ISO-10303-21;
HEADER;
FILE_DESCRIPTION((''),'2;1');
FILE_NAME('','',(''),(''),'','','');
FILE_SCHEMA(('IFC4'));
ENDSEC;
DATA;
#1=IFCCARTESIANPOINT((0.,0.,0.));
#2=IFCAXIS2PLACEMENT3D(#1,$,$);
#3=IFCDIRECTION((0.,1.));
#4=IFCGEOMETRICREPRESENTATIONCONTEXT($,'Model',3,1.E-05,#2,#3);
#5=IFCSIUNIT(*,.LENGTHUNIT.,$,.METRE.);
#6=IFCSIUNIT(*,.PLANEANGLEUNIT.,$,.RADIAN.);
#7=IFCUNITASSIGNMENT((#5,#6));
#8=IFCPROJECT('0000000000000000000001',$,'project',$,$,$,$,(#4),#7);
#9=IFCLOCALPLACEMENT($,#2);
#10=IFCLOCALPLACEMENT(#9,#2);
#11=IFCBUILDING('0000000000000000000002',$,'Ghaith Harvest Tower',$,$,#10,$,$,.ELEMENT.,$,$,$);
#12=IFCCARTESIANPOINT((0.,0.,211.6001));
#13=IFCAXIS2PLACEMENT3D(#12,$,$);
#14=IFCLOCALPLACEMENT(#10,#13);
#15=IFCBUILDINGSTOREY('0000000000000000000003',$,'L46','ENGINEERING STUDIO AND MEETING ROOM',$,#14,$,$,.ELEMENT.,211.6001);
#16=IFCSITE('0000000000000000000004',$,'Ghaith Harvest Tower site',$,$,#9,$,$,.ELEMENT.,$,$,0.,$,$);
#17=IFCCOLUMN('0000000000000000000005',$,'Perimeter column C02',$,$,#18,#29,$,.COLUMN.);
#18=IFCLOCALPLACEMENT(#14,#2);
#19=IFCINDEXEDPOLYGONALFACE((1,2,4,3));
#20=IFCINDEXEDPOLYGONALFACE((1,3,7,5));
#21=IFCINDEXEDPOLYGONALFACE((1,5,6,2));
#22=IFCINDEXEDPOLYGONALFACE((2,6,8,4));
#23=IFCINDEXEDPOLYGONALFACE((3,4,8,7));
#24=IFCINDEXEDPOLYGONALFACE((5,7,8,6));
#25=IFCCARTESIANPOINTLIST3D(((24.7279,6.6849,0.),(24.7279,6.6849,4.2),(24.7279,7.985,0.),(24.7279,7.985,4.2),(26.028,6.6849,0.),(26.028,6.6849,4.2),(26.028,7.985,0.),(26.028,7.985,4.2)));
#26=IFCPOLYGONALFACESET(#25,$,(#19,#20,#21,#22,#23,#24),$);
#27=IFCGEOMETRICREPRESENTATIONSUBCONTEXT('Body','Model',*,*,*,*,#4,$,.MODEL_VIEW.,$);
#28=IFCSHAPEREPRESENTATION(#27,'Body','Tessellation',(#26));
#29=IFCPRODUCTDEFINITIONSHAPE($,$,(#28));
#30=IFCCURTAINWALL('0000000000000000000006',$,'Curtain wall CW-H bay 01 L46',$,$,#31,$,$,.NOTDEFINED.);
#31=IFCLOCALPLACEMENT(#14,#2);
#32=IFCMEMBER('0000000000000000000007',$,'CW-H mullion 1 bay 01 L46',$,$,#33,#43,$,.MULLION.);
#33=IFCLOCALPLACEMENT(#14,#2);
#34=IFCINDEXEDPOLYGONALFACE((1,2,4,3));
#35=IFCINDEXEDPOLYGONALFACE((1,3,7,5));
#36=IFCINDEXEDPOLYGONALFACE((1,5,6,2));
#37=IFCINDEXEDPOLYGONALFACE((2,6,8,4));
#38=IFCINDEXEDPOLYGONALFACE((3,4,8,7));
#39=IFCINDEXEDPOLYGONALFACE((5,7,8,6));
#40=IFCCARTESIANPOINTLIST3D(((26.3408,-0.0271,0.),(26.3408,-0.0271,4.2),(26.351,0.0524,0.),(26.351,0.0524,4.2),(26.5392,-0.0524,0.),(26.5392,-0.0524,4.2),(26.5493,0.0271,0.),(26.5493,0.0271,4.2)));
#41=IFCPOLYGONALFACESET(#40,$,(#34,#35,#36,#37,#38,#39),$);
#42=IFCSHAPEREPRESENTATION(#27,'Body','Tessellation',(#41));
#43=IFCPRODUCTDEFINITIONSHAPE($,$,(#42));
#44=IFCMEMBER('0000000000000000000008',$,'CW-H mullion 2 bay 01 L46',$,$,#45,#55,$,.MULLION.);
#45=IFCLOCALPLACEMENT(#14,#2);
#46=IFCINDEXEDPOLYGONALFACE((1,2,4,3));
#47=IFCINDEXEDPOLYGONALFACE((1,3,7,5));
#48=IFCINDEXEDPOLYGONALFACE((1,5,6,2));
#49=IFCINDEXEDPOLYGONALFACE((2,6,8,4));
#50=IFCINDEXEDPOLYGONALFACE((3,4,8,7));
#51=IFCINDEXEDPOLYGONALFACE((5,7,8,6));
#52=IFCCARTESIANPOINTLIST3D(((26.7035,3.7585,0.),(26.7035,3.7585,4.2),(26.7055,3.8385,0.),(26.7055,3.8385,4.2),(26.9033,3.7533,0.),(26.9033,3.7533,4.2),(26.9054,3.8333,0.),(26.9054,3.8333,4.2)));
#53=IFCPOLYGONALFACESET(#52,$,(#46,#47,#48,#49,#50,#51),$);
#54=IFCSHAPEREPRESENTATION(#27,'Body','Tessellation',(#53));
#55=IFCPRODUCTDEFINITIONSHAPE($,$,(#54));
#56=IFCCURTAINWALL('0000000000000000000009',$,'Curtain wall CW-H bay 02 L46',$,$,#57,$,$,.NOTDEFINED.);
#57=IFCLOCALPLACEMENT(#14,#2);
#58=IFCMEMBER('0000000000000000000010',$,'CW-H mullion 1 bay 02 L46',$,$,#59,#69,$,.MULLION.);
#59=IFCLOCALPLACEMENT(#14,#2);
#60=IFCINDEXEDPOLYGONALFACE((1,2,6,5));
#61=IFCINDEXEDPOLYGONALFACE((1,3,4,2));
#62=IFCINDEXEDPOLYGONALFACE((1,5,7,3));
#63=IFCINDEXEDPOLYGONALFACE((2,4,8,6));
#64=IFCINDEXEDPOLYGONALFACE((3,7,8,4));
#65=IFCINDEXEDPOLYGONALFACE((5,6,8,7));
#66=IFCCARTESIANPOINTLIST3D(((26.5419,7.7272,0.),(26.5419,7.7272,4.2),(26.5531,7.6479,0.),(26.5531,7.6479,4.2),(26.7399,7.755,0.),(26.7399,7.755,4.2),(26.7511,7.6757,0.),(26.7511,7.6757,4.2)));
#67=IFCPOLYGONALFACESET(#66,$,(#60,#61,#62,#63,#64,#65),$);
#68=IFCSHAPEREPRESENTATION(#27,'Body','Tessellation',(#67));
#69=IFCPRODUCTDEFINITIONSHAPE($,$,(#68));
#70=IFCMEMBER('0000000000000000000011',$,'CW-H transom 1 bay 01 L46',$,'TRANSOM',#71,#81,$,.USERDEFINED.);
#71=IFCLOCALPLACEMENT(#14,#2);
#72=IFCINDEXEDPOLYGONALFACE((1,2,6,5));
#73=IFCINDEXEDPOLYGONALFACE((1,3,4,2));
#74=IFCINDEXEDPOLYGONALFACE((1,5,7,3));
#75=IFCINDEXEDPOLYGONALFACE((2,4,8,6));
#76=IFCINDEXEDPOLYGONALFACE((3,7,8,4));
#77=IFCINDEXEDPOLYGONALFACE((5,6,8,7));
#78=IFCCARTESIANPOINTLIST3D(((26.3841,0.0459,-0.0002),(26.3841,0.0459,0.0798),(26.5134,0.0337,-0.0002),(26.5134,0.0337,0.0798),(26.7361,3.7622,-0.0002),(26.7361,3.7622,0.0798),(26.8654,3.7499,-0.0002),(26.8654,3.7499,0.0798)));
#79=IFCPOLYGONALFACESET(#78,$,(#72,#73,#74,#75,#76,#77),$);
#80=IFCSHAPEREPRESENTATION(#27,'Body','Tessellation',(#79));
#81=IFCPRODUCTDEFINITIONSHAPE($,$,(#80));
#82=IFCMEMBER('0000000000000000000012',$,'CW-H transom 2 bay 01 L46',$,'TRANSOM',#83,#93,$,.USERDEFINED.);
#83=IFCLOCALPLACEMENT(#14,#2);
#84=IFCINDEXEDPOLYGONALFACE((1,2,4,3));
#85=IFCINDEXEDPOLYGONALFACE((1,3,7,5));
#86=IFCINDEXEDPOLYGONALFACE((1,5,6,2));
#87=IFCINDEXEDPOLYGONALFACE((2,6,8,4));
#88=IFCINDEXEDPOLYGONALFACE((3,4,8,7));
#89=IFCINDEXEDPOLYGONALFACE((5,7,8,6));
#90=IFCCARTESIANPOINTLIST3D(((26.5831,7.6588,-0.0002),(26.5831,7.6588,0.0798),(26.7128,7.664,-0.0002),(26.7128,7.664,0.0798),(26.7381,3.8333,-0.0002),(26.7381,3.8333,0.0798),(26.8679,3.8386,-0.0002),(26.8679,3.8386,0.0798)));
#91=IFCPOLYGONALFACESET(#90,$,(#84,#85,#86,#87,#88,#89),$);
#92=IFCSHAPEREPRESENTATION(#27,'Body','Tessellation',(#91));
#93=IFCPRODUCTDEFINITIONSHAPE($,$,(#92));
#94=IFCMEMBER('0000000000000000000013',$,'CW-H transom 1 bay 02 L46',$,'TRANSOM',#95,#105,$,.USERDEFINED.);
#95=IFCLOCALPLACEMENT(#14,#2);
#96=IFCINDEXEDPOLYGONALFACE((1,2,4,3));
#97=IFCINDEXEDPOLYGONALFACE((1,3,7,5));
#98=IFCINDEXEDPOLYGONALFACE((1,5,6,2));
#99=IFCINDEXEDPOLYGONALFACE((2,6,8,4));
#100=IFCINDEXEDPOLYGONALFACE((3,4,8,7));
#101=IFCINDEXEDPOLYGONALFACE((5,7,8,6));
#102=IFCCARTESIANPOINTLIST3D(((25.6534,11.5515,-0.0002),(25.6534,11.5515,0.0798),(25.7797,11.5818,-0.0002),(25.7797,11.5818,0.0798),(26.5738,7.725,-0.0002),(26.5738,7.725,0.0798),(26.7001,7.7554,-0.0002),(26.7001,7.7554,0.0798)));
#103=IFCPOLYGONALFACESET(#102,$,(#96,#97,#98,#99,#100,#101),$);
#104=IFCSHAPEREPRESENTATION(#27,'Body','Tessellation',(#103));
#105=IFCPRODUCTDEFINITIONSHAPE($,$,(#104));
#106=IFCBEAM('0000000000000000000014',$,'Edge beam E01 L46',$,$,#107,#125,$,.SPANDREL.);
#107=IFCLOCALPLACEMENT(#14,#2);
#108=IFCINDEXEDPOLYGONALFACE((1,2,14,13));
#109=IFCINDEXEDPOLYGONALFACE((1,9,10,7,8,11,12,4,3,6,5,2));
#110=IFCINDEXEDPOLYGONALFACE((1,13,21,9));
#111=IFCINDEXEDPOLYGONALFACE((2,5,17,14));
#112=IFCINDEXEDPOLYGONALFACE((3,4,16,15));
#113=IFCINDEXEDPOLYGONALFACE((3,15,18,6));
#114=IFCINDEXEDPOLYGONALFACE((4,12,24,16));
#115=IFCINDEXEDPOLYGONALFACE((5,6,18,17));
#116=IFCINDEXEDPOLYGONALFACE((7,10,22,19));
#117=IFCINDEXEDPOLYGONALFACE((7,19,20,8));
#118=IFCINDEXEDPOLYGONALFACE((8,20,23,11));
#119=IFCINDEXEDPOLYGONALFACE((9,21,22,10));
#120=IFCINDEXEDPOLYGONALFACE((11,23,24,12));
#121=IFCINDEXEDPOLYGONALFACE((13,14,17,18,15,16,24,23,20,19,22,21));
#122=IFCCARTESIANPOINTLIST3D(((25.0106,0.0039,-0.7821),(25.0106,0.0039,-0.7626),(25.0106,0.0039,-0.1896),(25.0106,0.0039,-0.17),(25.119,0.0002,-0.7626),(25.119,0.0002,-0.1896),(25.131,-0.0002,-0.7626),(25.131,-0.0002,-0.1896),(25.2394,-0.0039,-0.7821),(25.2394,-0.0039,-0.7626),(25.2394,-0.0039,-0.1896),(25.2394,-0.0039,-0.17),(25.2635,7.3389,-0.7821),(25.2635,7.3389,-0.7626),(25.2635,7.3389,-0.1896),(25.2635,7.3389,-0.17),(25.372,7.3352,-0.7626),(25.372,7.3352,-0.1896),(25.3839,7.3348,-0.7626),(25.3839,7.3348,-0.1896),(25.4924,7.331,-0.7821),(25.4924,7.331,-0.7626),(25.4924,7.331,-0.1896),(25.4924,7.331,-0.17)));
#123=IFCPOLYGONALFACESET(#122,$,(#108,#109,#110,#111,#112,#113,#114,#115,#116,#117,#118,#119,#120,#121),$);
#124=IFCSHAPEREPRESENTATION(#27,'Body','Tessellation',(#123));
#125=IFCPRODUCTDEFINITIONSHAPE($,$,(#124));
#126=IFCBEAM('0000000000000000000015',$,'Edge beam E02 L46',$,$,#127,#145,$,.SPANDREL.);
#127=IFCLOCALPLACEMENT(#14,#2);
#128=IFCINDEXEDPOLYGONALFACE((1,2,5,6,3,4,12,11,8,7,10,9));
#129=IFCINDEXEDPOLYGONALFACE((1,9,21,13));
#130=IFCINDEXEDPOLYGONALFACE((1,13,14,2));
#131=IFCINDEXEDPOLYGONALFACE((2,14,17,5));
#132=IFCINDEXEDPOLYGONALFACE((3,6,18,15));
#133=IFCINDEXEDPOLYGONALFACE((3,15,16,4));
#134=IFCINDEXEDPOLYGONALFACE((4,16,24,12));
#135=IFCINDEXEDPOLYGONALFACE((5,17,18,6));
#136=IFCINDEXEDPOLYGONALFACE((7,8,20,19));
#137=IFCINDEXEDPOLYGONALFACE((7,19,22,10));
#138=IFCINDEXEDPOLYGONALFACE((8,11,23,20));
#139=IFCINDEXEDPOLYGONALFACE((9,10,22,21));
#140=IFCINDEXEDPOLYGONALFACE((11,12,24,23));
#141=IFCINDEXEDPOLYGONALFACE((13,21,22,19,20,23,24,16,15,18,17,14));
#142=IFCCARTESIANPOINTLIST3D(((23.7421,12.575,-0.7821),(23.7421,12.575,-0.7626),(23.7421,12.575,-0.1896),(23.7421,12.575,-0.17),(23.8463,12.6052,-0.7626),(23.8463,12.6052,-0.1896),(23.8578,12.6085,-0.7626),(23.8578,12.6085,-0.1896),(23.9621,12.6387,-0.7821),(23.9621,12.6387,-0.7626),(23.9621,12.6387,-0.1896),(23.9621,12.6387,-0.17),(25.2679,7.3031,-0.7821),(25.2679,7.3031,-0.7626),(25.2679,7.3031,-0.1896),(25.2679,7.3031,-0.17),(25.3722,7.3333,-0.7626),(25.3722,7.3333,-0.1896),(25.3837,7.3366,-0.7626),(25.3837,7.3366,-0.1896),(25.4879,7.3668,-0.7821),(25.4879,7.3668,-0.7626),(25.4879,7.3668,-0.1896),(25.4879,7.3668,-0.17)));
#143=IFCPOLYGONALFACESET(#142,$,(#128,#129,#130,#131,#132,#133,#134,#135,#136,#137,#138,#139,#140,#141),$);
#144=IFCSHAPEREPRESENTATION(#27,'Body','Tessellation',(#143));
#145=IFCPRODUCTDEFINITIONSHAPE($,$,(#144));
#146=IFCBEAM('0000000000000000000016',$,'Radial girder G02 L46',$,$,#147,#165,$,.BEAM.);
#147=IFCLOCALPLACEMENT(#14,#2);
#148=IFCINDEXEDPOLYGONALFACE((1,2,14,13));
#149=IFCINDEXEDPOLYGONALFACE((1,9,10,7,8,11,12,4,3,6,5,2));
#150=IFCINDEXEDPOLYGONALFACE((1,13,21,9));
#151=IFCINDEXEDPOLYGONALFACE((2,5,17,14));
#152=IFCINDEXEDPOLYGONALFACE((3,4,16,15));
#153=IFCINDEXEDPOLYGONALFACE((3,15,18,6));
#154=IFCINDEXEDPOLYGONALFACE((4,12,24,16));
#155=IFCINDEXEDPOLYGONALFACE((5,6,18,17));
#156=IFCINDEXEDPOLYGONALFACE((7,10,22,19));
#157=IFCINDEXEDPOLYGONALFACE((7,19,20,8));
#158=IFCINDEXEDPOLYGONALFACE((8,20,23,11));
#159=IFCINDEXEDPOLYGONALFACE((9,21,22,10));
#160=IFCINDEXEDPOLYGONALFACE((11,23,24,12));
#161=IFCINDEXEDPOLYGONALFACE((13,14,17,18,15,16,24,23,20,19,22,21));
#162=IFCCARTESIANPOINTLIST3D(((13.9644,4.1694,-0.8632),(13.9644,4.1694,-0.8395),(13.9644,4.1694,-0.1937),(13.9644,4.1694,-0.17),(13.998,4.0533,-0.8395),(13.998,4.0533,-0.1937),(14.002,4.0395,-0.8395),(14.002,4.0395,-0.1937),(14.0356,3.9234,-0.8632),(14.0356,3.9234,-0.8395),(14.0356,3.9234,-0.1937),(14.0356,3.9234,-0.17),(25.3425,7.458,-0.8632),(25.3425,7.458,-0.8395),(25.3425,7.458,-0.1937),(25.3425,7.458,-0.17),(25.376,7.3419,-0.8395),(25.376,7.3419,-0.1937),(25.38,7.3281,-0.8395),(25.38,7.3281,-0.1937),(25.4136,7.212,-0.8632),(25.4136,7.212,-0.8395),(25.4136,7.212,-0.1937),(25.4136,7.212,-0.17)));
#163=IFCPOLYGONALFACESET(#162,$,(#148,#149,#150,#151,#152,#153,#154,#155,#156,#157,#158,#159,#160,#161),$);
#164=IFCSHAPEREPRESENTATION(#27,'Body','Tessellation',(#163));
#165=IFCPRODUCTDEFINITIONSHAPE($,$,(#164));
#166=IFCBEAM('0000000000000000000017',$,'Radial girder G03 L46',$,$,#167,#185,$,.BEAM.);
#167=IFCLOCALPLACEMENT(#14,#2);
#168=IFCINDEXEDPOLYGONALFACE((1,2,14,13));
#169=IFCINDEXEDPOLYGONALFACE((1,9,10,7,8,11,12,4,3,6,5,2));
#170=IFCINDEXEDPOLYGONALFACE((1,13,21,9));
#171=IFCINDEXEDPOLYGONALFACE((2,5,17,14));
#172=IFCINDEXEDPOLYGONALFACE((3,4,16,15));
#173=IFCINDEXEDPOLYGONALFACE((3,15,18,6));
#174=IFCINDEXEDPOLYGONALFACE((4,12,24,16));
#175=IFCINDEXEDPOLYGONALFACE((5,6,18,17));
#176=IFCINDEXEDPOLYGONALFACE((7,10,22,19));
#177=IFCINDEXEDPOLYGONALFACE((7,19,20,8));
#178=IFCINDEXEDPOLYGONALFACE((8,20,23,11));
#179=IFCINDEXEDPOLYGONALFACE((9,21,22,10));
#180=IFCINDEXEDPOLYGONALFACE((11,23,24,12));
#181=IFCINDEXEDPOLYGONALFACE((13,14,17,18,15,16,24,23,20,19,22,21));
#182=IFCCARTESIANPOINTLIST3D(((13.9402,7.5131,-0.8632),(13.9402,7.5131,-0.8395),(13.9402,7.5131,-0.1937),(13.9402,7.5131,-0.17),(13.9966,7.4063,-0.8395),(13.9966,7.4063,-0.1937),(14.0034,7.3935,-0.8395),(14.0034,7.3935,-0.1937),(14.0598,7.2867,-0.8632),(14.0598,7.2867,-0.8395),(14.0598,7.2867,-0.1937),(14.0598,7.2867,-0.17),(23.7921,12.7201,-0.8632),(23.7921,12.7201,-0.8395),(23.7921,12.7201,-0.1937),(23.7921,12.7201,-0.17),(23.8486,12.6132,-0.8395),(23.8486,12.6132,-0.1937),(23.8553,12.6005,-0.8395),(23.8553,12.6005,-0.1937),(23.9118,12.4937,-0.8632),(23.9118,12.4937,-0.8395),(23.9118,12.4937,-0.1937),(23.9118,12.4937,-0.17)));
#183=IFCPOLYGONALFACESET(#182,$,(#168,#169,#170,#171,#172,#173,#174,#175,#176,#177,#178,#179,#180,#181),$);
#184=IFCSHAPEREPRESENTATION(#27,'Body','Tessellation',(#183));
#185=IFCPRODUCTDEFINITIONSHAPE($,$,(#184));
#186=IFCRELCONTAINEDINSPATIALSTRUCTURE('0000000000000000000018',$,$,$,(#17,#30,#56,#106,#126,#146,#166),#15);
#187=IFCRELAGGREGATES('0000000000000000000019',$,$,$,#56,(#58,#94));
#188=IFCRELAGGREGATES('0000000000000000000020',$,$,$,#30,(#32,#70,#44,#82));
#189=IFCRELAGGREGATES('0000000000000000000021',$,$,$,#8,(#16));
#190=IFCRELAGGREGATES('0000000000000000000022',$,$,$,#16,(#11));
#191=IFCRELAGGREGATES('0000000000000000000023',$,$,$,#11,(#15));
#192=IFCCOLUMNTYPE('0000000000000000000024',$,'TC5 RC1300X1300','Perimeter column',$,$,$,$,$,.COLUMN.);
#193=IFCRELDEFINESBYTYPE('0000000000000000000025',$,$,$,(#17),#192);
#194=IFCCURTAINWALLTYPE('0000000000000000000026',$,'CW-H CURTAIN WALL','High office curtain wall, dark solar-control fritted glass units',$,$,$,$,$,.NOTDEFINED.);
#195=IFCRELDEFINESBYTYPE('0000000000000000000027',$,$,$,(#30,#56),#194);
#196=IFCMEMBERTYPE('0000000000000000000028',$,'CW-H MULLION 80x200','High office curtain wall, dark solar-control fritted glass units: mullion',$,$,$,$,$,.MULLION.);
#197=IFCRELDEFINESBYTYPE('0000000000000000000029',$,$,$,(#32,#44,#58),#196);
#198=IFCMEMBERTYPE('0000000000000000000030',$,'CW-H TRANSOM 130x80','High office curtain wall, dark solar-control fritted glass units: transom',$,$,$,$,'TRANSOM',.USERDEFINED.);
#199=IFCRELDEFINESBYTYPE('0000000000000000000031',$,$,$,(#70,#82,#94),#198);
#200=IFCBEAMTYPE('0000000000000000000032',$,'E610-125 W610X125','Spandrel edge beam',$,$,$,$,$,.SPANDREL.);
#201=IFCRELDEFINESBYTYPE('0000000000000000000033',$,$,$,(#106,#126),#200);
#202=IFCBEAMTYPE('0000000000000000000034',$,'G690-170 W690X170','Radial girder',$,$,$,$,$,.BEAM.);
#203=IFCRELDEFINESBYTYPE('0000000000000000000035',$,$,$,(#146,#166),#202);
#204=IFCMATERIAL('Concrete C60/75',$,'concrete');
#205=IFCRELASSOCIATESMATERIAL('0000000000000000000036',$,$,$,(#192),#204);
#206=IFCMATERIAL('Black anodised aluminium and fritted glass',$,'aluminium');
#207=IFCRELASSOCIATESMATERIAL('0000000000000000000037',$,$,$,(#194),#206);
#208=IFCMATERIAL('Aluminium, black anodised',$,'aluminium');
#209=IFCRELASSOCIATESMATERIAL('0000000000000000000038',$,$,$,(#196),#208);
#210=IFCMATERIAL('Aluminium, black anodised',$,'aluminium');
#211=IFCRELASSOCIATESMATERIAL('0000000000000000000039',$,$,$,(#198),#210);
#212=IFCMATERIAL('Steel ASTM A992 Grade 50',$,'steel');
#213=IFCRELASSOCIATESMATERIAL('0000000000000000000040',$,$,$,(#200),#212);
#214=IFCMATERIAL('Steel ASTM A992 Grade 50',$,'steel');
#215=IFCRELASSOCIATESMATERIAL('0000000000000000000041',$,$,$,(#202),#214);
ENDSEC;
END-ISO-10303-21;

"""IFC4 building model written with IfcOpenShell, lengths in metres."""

from ifc_helpers import new_model, si_unit, direction, frame, origin, origin_2d, place, context, subcontext, project, spatial, rectangle, i_section, extrude, material, material_profile, profile_set, type_object, element, aggregate, save


model = new_model("IFC4")

# Units and contexts
model_context = context("Model", 3, precision=1e-05, world=origin(), true_north=direction((0.0, 1.0)))
body_context = subcontext(model_context, "Body", "Model", "MODEL_VIEW")
ifc_project = project(units=[si_unit("LENGTHUNIT", "METRE"), si_unit("PLANEANGLEUNIT", "RADIAN")], contexts=[model_context])

# Site, building, storey
site_placement = place(None, origin())
site = spatial("IfcSite", under=ifc_project, at=site_placement, Name="Ghaith Harvest Tower site", CompositionType="ELEMENT", RefElevation=0.0)
building_placement = place(site_placement, origin())
building = spatial("IfcBuilding", under=site, at=building_placement, Name="Ghaith Harvest Tower", CompositionType="ELEMENT")
storey_placement = place(building_placement, frame((0.0, 0.0, 211.6001)))
storey = spatial("IfcBuildingStorey", under=building, at=storey_placement, Name="L46", Description="ENGINEERING STUDIO AND MEETING ROOM", CompositionType="ELEMENT", Elevation=211.6001)

# Column
ifc_material_1 = material(Name="Concrete C60/75", Category="concrete")
ifc_material_profile_1 = material_profile(ifc_material_1, rectangle(XDim=1.3, YDim=1.3, at=origin_2d()), Name="RC1300X1300")
ifc_profile_set_1 = profile_set([ifc_material_profile_1], Name="Concrete C60/75")
column_type = type_object("IfcColumnType", Name="TC5 RC1300X1300", Description="Perimeter column", PredefinedType="COLUMN", material=ifc_profile_set_1)
column_placement = place(storey_placement, frame((25.3779, 7.335, 0.0), z_axis=(0.0, 0.0, 1.0), x_axis=(1.0, 0.0, 0.0)))
element("IfcColumn", 1, at=column_placement, inside=storey, type_object=column_type, Name="Perimeter column C02", PredefinedType="COLUMN", context=body_context, shape_type="SweptSolid", body=[
    extrude(rectangle(XDim=1.3, YDim=1.3, at=origin_2d()), origin(), (0.0, 0.0, 1.0), 4.2),
])

# Curtain wall, members
ifc_material_2 = material(Name="Black anodised aluminium and fritted glass", Category="aluminium")
curtain_wall_type = type_object("IfcCurtainWallType", Name="CW-H CURTAIN WALL", Description="High office curtain wall, dark solar-control fritted glass units", PredefinedType="NOTDEFINED", material=ifc_material_2)
curtain_wall_1_placement = place(storey_placement, origin())
curtain_wall_1 = element("IfcCurtainWall", 2, at=curtain_wall_1_placement, inside=storey, type_object=curtain_wall_type, Name="Curtain wall CW-H bay 01 L46", PredefinedType="NOTDEFINED")
ifc_material_3 = material(Name="Aluminium, black anodised", Category="aluminium")
ifc_material_profile_2 = material_profile(ifc_material_3, rectangle(XDim=0.0801, YDim=0.2, at=origin_2d()), Name="CW-H MULLION 80x200")
ifc_profile_set_2 = profile_set([ifc_material_profile_2], Name="Aluminium, black anodised")
member_type_1 = type_object("IfcMemberType", Name="CW-H MULLION 80x200", Description="High office curtain wall, dark solar-control fritted glass units: mullion", PredefinedType="MULLION", material=ifc_profile_set_2)
member_1_placement = place(storey_placement, frame((26.4451, 0.0, 0.0), z_axis=(0.0, 0.0, 1.0), x_axis=(0.126568, 0.991958, 0.0)))
member_1 = element("IfcMember", 3, at=member_1_placement, type_object=member_type_1, Name="CW-H mullion 1 bay 01 L46", PredefinedType="MULLION", context=body_context, shape_type="SweptSolid", body=[
    extrude(rectangle(XDim=0.0801, YDim=0.2, at=origin_2d()), origin(), (0.0, 0.0, 1.0), 4.2),
])
member_2_placement = place(storey_placement, frame((26.8044, 3.7959, 0.0), z_axis=(0.0, 0.0, 1.0), x_axis=(0.026143, 0.999658, 0.0)))
member_2 = element("IfcMember", 4, at=member_2_placement, type_object=member_type_1, Name="CW-H mullion 2 bay 01 L46", PredefinedType="MULLION", context=body_context, shape_type="SweptSolid", body=[
    extrude(rectangle(XDim=0.0801, YDim=0.2, at=origin_2d()), origin(), (0.0, 0.0, 1.0), 4.2),
])

# Curtain wall, member
curtain_wall_2_placement = place(storey_placement, origin())
curtain_wall_2 = element("IfcCurtainWall", 5, at=curtain_wall_2_placement, inside=storey, type_object=curtain_wall_type, Name="Curtain wall CW-H bay 02 L46", PredefinedType="NOTDEFINED")
member_3_placement = place(storey_placement, frame((26.6465, 7.7014, 0.0), z_axis=(0.0, 0.0, 1.0), x_axis=(-0.139146, 0.990272, 0.0)))
member_3 = element("IfcMember", 6, at=member_3_placement, type_object=member_type_1, Name="CW-H mullion 1 bay 02 L46", PredefinedType="MULLION", context=body_context, shape_type="SweptSolid", body=[
    extrude(rectangle(XDim=0.0801, YDim=0.2, at=origin_2d()), origin(), (0.0, 0.0, 1.0), 4.2),
])

# Members
ifc_material_4 = material(Name="Aluminium, black anodised", Category="aluminium")
ifc_material_profile_3 = material_profile(ifc_material_4, rectangle(XDim=0.1299, YDim=0.0801, at=origin_2d()), Name="CW-H TRANSOM 130x80")
ifc_profile_set_3 = profile_set([ifc_material_profile_3], Name="Aluminium, black anodised")
member_type_2 = type_object("IfcMemberType", Name="CW-H TRANSOM 130x80", Description="High office curtain wall, dark solar-control fritted glass units: transom", ElementType="TRANSOM", PredefinedType="USERDEFINED", material=ifc_profile_set_3)
member_4_placement = place(storey_placement, frame((26.4487, 0.0398, 0.0398), z_axis=(0.094309, 0.995543, 0.0), x_axis=(-0.995543, 0.094309, 0.0)))
member_4 = element("IfcMember", 7, at=member_4_placement, type_object=member_type_2, Name="CW-H transom 1 bay 01 L46", ObjectType="TRANSOM", PredefinedType="USERDEFINED", context=body_context, shape_type="SweptSolid", body=[
    extrude(rectangle(XDim=0.1299, YDim=0.0801, at=origin_2d()), origin(), (0.0, 0.0, 1.0), 3.7329),
])
member_5_placement = place(storey_placement, frame((26.803, 3.8359, 0.0398), z_axis=(-0.040493, 0.99918, 0.0), x_axis=(-0.99918, -0.040493, 0.0)))
member_5 = element("IfcMember", 8, at=member_5_placement, type_object=member_type_2, Name="CW-H transom 2 bay 01 L46", ObjectType="TRANSOM", PredefinedType="USERDEFINED", context=body_context, shape_type="SweptSolid", body=[
    extrude(rectangle(XDim=0.1299, YDim=0.0801, at=origin_2d()), origin(), (0.0, 0.0, 1.0), 3.8286),
])
member_6_placement = place(storey_placement, frame((26.637, 7.7402, 0.0398), z_axis=(-0.23387, 0.972268, 0.0), x_axis=(-0.972268, -0.23387, 0.0)))
member_6 = element("IfcMember", 9, at=member_6_placement, type_object=member_type_2, Name="CW-H transom 1 bay 02 L46", ObjectType="TRANSOM", PredefinedType="USERDEFINED", context=body_context, shape_type="SweptSolid", body=[
    extrude(rectangle(XDim=0.1299, YDim=0.0801, at=origin_2d()), origin(), (0.0, 0.0, 1.0), 3.9355),
])
aggregate(curtain_wall_2, [member_3, member_6])

# Beams
ifc_material_5 = material(Name="Steel ASTM A992 Grade 50", Category="steel")
ifc_material_profile_4 = material_profile(ifc_material_5, i_section(OverallWidth=0.229, OverallDepth=0.6121, WebThickness=0.012, FlangeThickness=0.0195, at=origin_2d()), Name="W610X125")
ifc_profile_set_4 = profile_set([ifc_material_profile_4], Name="Steel ASTM A992 Grade 50")
beam_type_1 = type_object("IfcBeamType", Name="E610-125 W610X125", Description="Spandrel edge beam", PredefinedType="SPANDREL", material=ifc_profile_set_4)
beam_1_placement = place(storey_placement, frame((25.125, 0.0, -0.4761), z_axis=(0.034462, 0.999406, 0.0), x_axis=(-0.999406, 0.034462, 0.0)))
element("IfcBeam", 10, at=beam_1_placement, inside=storey, type_object=beam_type_1, Name="Edge beam E01 L46", PredefinedType="SPANDREL", context=body_context, shape_type="SweptSolid", body=[
    extrude(i_section(OverallWidth=0.229, OverallDepth=0.6121, WebThickness=0.012, FlangeThickness=0.0195, at=origin_2d()), origin(), (0.0, 0.0, 1.0), 7.3394),
])
beam_2_placement = place(storey_placement, frame((25.3779, 7.335, -0.4761), z_axis=(-0.278021, 0.960575, 0.0), x_axis=(-0.960575, -0.278021, 0.0)))
element("IfcBeam", 11, at=beam_2_placement, inside=storey, type_object=beam_type_1, Name="Edge beam E02 L46", PredefinedType="SPANDREL", context=body_context, shape_type="SweptSolid", body=[
    extrude(i_section(OverallWidth=0.229, OverallDepth=0.6121, WebThickness=0.012, FlangeThickness=0.0195, at=origin_2d()), origin(), (0.0, 0.0, 1.0), 5.4883),
])
ifc_material_6 = material(Name="Steel ASTM A992 Grade 50", Category="steel")
ifc_material_profile_5 = material_profile(ifc_material_6, i_section(OverallWidth=0.2561, OverallDepth=0.6931, WebThickness=0.0144, FlangeThickness=0.0237, at=origin_2d()), Name="W690X170")
ifc_profile_set_5 = profile_set([ifc_material_profile_5], Name="Steel ASTM A992 Grade 50")
beam_type_2 = type_object("IfcBeamType", Name="G690-170 W690X170", Description="Radial girder", PredefinedType="BEAM", material=ifc_profile_set_5)
beam_3_placement = place(storey_placement, frame((14.0, 4.0464, -0.5166), z_axis=(0.960678, 0.277666, 0.0), x_axis=(-0.277666, 0.960678, 0.0)))
element("IfcBeam", 12, at=beam_3_placement, inside=storey, type_object=beam_type_2, Name="Radial girder G02 L46", PredefinedType="BEAM", context=body_context, shape_type="SweptSolid", body=[
    extrude(i_section(OverallWidth=0.2561, OverallDepth=0.6931, WebThickness=0.0144, FlangeThickness=0.0237, at=origin_2d()), origin(), (0.0, 0.0, 1.0), 11.8438),
])
beam_4_placement = place(storey_placement, frame((14.0, 7.3999, -0.5166), z_axis=(0.884113, 0.467274, 0.0), x_axis=(-0.467274, 0.884113, 0.0)))
element("IfcBeam", 13, at=beam_4_placement, inside=storey, type_object=beam_type_2, Name="Radial girder G03 L46", PredefinedType="BEAM", context=body_context, shape_type="SweptSolid", body=[
    extrude(i_section(OverallWidth=0.2561, OverallDepth=0.6931, WebThickness=0.0144, FlangeThickness=0.0237, at=origin_2d()), origin(), (0.0, 0.0, 1.0), 11.1433),
])

aggregate(curtain_wall_1, [member_1, member_4, member_2, member_5])

save(model, "model.ifc")
